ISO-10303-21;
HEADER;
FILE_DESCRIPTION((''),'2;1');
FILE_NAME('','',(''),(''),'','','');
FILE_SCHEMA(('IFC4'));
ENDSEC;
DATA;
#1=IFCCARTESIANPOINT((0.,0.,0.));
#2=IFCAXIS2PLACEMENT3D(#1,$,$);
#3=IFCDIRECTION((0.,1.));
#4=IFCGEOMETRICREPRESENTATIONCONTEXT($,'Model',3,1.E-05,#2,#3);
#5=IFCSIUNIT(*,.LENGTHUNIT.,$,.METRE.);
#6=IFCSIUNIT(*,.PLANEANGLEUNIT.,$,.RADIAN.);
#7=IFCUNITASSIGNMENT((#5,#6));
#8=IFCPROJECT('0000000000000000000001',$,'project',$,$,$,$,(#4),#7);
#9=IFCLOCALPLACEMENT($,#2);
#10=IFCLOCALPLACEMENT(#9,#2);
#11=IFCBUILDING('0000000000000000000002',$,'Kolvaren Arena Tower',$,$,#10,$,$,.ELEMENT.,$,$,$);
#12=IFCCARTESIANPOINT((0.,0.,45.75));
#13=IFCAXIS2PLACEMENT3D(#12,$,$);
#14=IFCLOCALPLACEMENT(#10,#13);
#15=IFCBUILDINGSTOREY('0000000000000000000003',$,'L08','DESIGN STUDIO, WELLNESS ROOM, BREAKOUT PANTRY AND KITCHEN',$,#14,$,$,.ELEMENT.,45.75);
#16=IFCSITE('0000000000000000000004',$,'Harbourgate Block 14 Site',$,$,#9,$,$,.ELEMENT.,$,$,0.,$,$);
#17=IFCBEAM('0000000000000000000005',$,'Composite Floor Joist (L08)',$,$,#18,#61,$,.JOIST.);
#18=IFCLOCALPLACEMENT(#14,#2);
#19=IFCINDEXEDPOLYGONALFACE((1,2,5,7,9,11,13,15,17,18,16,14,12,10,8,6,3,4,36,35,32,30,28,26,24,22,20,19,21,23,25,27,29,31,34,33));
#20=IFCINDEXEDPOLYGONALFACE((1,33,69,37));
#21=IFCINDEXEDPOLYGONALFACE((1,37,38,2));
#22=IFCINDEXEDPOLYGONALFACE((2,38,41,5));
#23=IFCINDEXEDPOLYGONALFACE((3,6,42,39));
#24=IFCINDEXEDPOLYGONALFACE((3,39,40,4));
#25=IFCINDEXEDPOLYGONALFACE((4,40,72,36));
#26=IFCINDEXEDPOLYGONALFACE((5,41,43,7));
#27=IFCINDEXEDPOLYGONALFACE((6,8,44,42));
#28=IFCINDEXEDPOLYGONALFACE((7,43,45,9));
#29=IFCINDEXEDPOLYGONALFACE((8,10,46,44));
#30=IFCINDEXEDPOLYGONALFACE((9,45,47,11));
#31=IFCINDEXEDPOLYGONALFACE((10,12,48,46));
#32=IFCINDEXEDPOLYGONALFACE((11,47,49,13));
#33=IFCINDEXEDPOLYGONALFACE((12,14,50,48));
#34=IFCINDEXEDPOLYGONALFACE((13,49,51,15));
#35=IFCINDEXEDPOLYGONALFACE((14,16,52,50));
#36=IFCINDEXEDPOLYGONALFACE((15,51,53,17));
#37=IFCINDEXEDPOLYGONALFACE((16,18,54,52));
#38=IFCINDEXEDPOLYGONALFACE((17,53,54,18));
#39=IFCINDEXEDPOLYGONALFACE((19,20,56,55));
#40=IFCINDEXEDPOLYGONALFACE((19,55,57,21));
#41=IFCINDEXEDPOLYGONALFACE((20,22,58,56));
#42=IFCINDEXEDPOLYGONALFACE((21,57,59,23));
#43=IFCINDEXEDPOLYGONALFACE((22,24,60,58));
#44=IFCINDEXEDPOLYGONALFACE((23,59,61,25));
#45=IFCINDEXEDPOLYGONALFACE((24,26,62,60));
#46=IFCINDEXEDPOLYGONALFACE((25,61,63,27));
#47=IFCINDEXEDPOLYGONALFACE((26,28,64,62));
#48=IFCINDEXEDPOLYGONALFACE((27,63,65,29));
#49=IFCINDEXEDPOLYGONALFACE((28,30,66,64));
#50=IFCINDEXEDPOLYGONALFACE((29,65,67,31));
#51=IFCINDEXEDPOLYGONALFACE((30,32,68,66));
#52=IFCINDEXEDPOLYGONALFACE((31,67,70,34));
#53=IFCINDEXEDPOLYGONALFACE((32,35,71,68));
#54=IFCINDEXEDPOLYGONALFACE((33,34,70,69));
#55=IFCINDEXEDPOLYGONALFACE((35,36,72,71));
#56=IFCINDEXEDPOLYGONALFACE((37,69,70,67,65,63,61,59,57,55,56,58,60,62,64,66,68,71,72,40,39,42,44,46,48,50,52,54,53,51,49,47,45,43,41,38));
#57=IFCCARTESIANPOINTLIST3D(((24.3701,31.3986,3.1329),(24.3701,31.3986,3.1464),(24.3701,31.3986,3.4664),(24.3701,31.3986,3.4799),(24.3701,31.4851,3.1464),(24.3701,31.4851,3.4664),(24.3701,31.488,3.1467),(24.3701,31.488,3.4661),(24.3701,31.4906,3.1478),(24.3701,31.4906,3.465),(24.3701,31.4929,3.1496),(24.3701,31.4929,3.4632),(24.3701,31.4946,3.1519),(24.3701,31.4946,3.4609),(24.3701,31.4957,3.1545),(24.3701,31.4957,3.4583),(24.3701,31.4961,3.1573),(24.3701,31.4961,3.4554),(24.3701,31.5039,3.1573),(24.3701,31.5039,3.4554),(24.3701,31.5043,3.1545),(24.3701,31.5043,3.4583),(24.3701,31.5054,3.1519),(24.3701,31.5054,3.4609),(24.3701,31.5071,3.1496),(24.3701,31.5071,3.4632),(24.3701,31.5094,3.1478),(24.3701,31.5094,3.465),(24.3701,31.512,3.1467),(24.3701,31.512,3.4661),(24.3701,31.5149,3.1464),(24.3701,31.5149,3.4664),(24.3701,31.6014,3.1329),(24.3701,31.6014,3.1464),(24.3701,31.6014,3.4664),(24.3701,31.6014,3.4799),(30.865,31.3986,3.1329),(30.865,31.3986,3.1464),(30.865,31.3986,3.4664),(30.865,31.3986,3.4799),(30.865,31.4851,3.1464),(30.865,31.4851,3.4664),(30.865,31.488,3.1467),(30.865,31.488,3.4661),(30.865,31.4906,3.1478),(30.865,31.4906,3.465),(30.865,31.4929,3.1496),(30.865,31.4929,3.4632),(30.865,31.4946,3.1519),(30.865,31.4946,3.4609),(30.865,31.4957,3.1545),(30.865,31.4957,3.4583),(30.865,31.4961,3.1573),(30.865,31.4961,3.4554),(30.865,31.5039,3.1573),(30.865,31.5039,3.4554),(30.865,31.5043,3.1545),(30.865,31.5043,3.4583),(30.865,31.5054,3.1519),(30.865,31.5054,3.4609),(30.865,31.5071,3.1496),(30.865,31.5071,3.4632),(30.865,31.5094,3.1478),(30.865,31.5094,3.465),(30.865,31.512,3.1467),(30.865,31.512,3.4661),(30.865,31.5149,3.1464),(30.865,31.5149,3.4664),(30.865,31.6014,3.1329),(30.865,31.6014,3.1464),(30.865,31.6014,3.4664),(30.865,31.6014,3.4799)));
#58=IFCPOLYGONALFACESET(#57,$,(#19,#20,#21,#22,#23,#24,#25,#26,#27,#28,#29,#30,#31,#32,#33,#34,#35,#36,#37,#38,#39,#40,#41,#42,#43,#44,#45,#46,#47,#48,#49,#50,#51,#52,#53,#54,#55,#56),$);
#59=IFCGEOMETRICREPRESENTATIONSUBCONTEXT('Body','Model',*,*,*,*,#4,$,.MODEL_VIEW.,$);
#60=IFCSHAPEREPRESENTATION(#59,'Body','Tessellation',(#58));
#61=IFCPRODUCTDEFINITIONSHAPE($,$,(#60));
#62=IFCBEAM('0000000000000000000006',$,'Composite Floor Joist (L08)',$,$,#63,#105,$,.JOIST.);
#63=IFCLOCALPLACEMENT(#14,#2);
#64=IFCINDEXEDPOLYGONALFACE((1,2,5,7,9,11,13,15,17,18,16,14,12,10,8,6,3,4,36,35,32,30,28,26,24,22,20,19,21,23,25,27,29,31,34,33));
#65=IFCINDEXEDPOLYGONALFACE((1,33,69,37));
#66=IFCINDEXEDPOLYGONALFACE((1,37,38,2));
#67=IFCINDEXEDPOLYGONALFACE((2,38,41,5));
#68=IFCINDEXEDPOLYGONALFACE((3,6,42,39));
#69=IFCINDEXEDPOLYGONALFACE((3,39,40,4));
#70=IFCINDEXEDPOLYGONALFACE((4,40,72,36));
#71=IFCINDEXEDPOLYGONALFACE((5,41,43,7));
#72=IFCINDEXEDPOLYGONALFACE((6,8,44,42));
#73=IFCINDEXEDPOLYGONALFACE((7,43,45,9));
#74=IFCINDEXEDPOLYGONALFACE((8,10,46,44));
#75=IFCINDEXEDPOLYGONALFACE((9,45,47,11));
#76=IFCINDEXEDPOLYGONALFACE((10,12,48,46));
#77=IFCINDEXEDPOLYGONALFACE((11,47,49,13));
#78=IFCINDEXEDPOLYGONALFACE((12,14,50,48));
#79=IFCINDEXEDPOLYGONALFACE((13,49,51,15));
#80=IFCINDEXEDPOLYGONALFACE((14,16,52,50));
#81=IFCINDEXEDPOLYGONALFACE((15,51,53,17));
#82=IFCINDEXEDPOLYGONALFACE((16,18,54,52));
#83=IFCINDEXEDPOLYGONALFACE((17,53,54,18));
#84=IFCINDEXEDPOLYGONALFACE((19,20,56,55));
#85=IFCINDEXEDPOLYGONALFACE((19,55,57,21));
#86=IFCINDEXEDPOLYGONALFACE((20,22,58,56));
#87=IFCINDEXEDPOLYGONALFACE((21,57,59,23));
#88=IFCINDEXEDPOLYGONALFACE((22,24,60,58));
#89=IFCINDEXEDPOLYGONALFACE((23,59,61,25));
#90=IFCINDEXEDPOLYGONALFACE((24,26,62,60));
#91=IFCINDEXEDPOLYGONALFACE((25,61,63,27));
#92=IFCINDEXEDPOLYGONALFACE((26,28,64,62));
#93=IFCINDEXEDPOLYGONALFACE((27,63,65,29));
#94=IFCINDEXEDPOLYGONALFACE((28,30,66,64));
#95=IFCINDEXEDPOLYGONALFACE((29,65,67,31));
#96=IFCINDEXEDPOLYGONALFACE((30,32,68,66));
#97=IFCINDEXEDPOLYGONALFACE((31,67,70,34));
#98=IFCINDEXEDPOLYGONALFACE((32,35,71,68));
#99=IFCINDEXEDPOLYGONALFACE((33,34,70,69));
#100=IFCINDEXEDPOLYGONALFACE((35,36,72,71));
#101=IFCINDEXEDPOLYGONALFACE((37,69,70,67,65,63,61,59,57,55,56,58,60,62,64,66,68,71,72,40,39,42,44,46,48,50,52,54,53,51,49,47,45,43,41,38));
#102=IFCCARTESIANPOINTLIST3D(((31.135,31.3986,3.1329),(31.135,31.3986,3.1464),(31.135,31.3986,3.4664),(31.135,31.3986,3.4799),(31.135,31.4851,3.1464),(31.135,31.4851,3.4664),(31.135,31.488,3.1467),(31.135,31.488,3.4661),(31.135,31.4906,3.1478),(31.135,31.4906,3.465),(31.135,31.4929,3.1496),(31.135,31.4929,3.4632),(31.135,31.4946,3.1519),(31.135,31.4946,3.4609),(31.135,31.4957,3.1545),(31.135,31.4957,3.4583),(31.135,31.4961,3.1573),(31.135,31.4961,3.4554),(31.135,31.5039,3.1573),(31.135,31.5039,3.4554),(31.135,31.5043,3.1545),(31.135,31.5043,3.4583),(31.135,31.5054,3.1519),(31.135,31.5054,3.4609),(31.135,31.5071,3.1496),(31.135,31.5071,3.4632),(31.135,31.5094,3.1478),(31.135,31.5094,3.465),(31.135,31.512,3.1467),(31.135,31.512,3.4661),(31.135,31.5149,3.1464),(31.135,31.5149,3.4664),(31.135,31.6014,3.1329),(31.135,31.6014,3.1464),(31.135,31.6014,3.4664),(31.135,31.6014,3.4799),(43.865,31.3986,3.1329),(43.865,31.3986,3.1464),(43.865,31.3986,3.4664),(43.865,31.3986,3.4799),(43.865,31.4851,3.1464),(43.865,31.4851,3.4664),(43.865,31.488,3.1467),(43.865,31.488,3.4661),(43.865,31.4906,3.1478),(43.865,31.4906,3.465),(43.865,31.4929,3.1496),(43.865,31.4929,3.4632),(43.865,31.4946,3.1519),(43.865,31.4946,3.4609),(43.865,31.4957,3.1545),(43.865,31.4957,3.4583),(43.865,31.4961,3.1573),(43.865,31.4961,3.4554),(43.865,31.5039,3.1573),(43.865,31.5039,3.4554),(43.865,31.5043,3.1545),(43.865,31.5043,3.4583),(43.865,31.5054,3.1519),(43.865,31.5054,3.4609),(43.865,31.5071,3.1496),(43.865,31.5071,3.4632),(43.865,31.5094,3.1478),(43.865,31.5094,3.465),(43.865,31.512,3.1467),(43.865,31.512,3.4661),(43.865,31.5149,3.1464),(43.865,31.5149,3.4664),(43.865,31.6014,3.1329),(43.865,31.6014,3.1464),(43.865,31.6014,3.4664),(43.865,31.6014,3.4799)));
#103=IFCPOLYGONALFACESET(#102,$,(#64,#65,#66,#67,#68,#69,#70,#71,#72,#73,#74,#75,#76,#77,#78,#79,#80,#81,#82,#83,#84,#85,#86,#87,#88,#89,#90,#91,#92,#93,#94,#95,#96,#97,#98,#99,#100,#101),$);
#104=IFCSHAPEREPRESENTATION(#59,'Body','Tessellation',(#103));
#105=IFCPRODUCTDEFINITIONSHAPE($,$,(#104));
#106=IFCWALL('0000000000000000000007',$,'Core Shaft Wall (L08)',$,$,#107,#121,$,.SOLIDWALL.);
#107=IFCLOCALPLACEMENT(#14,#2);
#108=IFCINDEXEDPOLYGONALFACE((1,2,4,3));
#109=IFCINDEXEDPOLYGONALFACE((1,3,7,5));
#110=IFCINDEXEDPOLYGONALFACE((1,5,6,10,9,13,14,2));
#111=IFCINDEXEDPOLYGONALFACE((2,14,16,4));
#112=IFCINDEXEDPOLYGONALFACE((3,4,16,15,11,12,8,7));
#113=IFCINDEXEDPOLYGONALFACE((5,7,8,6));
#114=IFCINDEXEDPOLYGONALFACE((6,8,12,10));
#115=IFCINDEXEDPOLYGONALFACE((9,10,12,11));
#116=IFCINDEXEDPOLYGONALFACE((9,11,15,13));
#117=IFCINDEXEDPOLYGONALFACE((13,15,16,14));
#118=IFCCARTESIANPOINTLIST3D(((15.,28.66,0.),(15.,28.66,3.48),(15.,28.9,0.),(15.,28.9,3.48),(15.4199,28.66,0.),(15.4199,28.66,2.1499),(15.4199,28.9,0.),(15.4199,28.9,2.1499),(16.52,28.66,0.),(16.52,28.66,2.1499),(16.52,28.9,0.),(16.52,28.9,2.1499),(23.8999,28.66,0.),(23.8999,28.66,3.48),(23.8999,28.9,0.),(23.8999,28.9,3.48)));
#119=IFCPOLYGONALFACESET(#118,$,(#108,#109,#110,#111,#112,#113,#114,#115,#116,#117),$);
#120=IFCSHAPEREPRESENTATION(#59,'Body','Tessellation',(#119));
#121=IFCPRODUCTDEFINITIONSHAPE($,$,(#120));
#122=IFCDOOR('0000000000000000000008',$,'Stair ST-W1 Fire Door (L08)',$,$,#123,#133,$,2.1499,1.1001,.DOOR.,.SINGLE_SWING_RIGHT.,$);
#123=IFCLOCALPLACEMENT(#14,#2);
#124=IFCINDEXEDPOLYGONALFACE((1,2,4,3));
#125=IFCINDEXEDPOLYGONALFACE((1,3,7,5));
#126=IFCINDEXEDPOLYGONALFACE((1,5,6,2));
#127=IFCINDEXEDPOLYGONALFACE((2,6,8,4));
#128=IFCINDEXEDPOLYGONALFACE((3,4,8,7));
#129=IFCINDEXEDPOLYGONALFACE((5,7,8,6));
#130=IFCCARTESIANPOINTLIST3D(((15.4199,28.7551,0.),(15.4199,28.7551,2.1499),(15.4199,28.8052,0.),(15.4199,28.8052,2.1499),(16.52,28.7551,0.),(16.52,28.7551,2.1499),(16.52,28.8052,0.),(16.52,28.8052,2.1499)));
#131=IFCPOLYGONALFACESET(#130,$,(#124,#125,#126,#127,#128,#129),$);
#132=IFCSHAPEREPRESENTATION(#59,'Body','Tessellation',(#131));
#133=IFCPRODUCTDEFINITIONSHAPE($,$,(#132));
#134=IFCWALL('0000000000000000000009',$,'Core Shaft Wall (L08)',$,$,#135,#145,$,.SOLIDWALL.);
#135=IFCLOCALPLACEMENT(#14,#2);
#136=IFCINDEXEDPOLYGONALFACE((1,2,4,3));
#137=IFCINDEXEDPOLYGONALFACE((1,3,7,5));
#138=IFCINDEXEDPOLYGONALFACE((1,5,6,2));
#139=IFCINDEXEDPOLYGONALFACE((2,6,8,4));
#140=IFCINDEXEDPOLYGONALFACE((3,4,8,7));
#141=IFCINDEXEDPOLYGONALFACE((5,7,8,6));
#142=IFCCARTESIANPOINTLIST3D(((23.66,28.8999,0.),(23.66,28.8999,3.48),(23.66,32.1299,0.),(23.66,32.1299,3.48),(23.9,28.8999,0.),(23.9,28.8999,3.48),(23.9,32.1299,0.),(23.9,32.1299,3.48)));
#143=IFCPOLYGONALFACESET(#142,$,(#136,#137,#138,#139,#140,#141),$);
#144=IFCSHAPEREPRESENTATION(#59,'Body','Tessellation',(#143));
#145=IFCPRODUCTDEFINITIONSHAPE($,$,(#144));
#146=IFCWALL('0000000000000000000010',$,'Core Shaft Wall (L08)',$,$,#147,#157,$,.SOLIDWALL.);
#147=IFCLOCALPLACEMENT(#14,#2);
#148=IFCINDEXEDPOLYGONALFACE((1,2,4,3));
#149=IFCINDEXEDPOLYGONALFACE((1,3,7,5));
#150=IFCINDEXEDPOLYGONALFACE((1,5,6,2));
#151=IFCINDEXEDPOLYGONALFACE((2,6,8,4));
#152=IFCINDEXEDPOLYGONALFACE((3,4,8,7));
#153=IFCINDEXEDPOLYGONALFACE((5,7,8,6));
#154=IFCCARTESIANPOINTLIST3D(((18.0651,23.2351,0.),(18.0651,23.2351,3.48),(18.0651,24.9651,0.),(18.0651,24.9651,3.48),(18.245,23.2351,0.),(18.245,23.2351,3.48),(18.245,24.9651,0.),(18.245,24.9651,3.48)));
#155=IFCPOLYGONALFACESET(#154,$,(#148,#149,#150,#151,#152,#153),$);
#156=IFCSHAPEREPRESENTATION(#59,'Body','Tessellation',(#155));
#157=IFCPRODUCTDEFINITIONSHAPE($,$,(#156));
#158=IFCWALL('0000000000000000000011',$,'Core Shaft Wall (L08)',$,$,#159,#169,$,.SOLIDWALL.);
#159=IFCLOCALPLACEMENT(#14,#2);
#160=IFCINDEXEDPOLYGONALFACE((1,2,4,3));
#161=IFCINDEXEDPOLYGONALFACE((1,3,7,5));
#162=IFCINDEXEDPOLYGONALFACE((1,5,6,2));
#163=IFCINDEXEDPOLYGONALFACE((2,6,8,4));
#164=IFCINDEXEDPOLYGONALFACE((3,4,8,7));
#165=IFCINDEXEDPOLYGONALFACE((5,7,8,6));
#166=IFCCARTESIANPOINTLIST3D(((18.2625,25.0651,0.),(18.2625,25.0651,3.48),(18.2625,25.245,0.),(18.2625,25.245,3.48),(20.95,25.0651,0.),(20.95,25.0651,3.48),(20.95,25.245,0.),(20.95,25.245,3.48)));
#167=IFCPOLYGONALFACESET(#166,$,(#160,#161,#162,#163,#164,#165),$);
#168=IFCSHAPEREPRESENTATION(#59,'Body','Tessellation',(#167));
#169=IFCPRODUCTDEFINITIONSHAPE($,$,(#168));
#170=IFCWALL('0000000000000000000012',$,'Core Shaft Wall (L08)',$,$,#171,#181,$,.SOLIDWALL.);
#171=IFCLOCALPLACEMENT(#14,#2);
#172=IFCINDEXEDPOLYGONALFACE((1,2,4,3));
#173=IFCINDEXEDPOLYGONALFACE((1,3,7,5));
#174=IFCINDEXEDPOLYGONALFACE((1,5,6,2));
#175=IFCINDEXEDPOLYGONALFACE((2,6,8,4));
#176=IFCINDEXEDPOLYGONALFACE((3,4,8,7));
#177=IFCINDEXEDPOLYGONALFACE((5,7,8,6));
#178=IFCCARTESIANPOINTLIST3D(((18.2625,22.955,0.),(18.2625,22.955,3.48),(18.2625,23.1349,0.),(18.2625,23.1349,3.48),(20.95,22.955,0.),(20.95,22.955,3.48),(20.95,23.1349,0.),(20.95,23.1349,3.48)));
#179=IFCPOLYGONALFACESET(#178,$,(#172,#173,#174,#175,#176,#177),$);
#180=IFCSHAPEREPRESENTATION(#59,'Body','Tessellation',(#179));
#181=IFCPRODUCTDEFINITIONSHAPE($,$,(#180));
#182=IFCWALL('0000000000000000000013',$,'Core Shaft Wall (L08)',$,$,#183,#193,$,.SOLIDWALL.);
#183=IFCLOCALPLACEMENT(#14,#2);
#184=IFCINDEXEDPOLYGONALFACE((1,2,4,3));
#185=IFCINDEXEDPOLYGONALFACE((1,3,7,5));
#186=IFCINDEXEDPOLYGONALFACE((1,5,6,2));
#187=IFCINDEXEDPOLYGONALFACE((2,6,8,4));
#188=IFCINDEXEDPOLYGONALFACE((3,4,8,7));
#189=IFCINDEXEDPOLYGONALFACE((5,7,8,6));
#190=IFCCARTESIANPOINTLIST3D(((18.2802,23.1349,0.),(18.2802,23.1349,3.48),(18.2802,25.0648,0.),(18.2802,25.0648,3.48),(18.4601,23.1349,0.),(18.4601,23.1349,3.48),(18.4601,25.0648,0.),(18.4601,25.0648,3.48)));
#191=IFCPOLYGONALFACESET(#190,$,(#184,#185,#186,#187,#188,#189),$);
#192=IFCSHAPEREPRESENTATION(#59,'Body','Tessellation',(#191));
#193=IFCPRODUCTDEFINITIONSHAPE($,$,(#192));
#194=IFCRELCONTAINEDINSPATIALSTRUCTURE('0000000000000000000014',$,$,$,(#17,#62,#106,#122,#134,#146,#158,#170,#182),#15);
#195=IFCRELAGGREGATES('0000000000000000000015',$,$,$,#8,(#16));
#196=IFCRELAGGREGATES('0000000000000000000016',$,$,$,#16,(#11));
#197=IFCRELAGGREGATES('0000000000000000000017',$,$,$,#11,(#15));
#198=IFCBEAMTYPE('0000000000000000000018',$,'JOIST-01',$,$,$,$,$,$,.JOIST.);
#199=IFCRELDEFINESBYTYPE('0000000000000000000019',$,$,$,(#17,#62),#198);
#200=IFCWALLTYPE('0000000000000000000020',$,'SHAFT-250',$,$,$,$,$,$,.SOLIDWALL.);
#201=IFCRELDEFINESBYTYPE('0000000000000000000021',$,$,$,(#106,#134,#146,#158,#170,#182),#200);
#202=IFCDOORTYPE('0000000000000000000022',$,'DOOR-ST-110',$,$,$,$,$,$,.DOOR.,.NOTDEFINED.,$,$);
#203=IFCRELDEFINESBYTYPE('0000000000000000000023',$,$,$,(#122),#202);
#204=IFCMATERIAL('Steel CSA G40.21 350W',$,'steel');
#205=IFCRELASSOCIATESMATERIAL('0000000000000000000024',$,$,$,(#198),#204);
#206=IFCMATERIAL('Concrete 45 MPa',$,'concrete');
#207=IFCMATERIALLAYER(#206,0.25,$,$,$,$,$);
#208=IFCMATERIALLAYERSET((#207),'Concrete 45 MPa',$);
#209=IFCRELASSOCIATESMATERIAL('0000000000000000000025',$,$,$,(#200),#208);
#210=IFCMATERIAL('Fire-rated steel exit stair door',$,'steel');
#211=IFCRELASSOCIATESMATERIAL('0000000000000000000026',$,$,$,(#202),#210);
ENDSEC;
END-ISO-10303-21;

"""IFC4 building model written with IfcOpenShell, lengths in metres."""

from ifc_helpers import new_model, si_unit, direction, frame, frame_2d, origin, origin_2d, place, context, subcontext, project, spatial, rectangle, i_section, extrude, material, layer, layer_set, material_profile, profile_set, type_object, element, fill, save


model = new_model("IFC4")

# Units and contexts
model_context = context("Model", 3, precision=1e-05, world=origin(), true_north=direction((0.0, 1.0)))
body_context = subcontext(model_context, "Body", "Model", "MODEL_VIEW")
ifc_project = project(units=[si_unit("LENGTHUNIT", "METRE"), si_unit("PLANEANGLEUNIT", "RADIAN")], contexts=[model_context])

# Site, building, storey
site_placement = place(None, origin())
site = spatial("IfcSite", under=ifc_project, at=site_placement, Name="Harbourgate Block 14 Site", CompositionType="ELEMENT", RefElevation=0.0)
building_placement = place(site_placement, origin())
building = spatial("IfcBuilding", under=site, at=building_placement, Name="Kolvaren Arena Tower", CompositionType="ELEMENT")
storey_placement = place(building_placement, frame((0.0, 0.0, 45.75)))
storey = spatial("IfcBuildingStorey", under=building, at=storey_placement, Name="L08", Description="DESIGN STUDIO, WELLNESS ROOM, BREAKOUT PANTRY AND KITCHEN", CompositionType="ELEMENT", Elevation=45.75)

# Beams
ifc_material_1 = material(Name="Steel CSA G40.21 350W", Category="steel")
ifc_material_profile_1 = material_profile(ifc_material_1, i_section(OverallWidth=0.2029, OverallDepth=0.3469, WebThickness=0.0078, FlangeThickness=0.0134, FilletRadius=0.011, at=origin_2d()), Name="W360x64")
ifc_profile_set_1 = profile_set([ifc_material_profile_1], Name="Steel CSA G40.21 350W")
beam_type_1 = type_object("IfcBeamType", Name="JOIST-01", PredefinedType="JOIST", material=ifc_profile_set_1)
for number, where, z_axis, x_axis, name in (
    (1, (24.3701, 31.5, 3.3064), (1.0, 0.0, 0.0), (0.0, 1.0, 0.0), "Composite Floor Joist (L08)"),
):
    element("IfcBeam", number, at=place(storey_placement, frame(where, z_axis=z_axis, x_axis=x_axis)), inside=storey, type_object=beam_type_1, Name=name, PredefinedType="JOIST", context=body_context, shape_type="SweptSolid", body=[
        extrude(i_section(OverallWidth=0.2029, OverallDepth=0.3469, WebThickness=0.0078, FlangeThickness=0.0134, FilletRadius=0.011, at=origin_2d()), origin(), (0.0, 0.0, 1.0), 6.4949),
    ])
beam_1_placement = place(storey_placement, frame((31.135, 31.5, 3.3064), z_axis=(1.0, 0.0, 0.0), x_axis=(0.0, 1.0, 0.0)))
element("IfcBeam", 2, at=beam_1_placement, inside=storey, type_object=beam_type_1, Name="Composite Floor Joist (L08)", PredefinedType="JOIST", context=body_context, shape_type="SweptSolid", body=[
    extrude(i_section(OverallWidth=0.2029, OverallDepth=0.3469, WebThickness=0.0078, FlangeThickness=0.0134, FilletRadius=0.011, at=origin_2d()), origin(), (0.0, 0.0, 1.0), 12.73),
])

# Wall, opening, door
ifc_material_2 = material(Name="Concrete 45 MPa", Category="concrete")
ifc_layer = layer(ifc_material_2, 0.25)
ifc_layer_set = layer_set([ifc_layer], Name="Concrete 45 MPa")
wall_type = type_object("IfcWallType", Name="SHAFT-250", PredefinedType="SOLIDWALL", material=ifc_layer_set)
wall_1_placement = place(storey_placement, frame((23.8999, 28.78, 0.0), z_axis=(0.0, 0.0, 1.0), x_axis=(-1.0, 0.0, 0.0)))
wall_1 = element("IfcWall", 3, at=wall_1_placement, inside=storey, type_object=wall_type, Name="Core Shaft Wall (L08)", PredefinedType="SOLIDWALL", context=body_context, shape_type="SweptSolid", body=[
    extrude(rectangle(XDim=8.8999, YDim=0.24, at=frame_2d((4.45, 0.0))), origin(), (0.0, 0.0, 1.0), 3.48),
])
opening_placement = place(wall_1_placement, frame((7.3799, 0.0, 0.0)))
opening = element("IfcOpeningElement", 4, at=opening_placement, cuts=wall_1, PredefinedType="OPENING", context=body_context, shape_type="SweptSolid", body=[
    extrude(rectangle(XDim=1.1001, YDim=2.1499, at=frame_2d((0.55, 1.075))), frame((0.0, 0.1299, 0.0), z_axis=(0.0, -1.0, 0.0), x_axis=(1.0, 0.0, 0.0)), (0.0, 0.0, 1.0), 0.26),
])
ifc_material_3 = material(Name="Fire-rated steel exit stair door", Category="steel")
door_type = type_object("IfcDoorType", Name="DOOR-ST-110", OperationType="NOTDEFINED", PredefinedType="DOOR", material=ifc_material_3)
door_placement = place(opening_placement, origin())
door = element("IfcDoor", 5, at=door_placement, inside=storey, type_object=door_type, Name="Stair ST-W1 Fire Door (L08)", OperationType="SINGLE_SWING_RIGHT", OverallHeight=2.1499, OverallWidth=1.1001, PredefinedType="DOOR", context=body_context, shape_type="SweptSolid", body=[
    extrude(rectangle(XDim=1.1001, YDim=2.1499, at=frame_2d((0.55, 1.075))), frame((0.0, 0.0249, 0.0), z_axis=(0.0, -1.0, 0.0), x_axis=(1.0, 0.0, 0.0)), (0.0, 0.0, 1.0), 0.05),
])
fill(opening, door)

# Walls
wall_2_placement = place(storey_placement, frame((23.78, 28.8999, 0.0), z_axis=(0.0, 0.0, 1.0), x_axis=(0.0, 1.0, 0.0)))
element("IfcWall", 6, at=wall_2_placement, inside=storey, type_object=wall_type, Name="Core Shaft Wall (L08)", PredefinedType="SOLIDWALL", context=body_context, shape_type="SweptSolid", body=[
    extrude(rectangle(XDim=3.23, YDim=0.24, at=frame_2d((1.615, 0.0))), origin(), (0.0, 0.0, 1.0), 3.48),
])
wall_3_placement = place(storey_placement, frame((18.155, 23.2351, 0.0), z_axis=(0.0, 0.0, 1.0), x_axis=(0.0, 1.0, 0.0)))
element("IfcWall", 7, at=wall_3_placement, inside=storey, type_object=wall_type, Name="Core Shaft Wall (L08)", PredefinedType="SOLIDWALL", context=body_context, shape_type="SweptSolid", body=[
    extrude(rectangle(XDim=1.73, YDim=0.1799, at=frame_2d((0.865, 0.0))), origin(), (0.0, 0.0, 1.0), 3.48),
])
for number, where, z_axis, x_axis, name in (
    (8, (18.2625, 25.155, 0.0), (0.0, 0.0, 1.0), (1.0, 0.0, 0.0), "Core Shaft Wall (L08)"),
    (9, (18.2625, 23.0449, 0.0), (0.0, 0.0, 1.0), (1.0, 0.0, 0.0), "Core Shaft Wall (L08)"),
):
    element("IfcWall", number, at=place(storey_placement, frame(where, z_axis=z_axis, x_axis=x_axis)), inside=storey, type_object=wall_type, Name=name, PredefinedType="SOLIDWALL", context=body_context, shape_type="SweptSolid", body=[
        extrude(rectangle(XDim=2.6875, YDim=0.1799, at=frame_2d((1.3438, 0.0))), origin(), (0.0, 0.0, 1.0), 3.48),
    ])
for number, where, z_axis, x_axis, name in (
    (10, (18.3701, 23.135, 0.0), (0.0, 0.0, 1.0), (0.0, 1.0, 0.0), "Core Shaft Wall (L08)"),
):
    element("IfcWall", number, at=place(storey_placement, frame(where, z_axis=z_axis, x_axis=x_axis)), inside=storey, type_object=wall_type, Name=name, PredefinedType="SOLIDWALL", context=body_context, shape_type="SweptSolid", body=[
        extrude(rectangle(XDim=1.9299, YDim=0.1799, at=frame_2d((0.9648, 0.0))), origin(), (0.0, 0.0, 1.0), 3.48),
    ])

save(model, "model.ifc")
